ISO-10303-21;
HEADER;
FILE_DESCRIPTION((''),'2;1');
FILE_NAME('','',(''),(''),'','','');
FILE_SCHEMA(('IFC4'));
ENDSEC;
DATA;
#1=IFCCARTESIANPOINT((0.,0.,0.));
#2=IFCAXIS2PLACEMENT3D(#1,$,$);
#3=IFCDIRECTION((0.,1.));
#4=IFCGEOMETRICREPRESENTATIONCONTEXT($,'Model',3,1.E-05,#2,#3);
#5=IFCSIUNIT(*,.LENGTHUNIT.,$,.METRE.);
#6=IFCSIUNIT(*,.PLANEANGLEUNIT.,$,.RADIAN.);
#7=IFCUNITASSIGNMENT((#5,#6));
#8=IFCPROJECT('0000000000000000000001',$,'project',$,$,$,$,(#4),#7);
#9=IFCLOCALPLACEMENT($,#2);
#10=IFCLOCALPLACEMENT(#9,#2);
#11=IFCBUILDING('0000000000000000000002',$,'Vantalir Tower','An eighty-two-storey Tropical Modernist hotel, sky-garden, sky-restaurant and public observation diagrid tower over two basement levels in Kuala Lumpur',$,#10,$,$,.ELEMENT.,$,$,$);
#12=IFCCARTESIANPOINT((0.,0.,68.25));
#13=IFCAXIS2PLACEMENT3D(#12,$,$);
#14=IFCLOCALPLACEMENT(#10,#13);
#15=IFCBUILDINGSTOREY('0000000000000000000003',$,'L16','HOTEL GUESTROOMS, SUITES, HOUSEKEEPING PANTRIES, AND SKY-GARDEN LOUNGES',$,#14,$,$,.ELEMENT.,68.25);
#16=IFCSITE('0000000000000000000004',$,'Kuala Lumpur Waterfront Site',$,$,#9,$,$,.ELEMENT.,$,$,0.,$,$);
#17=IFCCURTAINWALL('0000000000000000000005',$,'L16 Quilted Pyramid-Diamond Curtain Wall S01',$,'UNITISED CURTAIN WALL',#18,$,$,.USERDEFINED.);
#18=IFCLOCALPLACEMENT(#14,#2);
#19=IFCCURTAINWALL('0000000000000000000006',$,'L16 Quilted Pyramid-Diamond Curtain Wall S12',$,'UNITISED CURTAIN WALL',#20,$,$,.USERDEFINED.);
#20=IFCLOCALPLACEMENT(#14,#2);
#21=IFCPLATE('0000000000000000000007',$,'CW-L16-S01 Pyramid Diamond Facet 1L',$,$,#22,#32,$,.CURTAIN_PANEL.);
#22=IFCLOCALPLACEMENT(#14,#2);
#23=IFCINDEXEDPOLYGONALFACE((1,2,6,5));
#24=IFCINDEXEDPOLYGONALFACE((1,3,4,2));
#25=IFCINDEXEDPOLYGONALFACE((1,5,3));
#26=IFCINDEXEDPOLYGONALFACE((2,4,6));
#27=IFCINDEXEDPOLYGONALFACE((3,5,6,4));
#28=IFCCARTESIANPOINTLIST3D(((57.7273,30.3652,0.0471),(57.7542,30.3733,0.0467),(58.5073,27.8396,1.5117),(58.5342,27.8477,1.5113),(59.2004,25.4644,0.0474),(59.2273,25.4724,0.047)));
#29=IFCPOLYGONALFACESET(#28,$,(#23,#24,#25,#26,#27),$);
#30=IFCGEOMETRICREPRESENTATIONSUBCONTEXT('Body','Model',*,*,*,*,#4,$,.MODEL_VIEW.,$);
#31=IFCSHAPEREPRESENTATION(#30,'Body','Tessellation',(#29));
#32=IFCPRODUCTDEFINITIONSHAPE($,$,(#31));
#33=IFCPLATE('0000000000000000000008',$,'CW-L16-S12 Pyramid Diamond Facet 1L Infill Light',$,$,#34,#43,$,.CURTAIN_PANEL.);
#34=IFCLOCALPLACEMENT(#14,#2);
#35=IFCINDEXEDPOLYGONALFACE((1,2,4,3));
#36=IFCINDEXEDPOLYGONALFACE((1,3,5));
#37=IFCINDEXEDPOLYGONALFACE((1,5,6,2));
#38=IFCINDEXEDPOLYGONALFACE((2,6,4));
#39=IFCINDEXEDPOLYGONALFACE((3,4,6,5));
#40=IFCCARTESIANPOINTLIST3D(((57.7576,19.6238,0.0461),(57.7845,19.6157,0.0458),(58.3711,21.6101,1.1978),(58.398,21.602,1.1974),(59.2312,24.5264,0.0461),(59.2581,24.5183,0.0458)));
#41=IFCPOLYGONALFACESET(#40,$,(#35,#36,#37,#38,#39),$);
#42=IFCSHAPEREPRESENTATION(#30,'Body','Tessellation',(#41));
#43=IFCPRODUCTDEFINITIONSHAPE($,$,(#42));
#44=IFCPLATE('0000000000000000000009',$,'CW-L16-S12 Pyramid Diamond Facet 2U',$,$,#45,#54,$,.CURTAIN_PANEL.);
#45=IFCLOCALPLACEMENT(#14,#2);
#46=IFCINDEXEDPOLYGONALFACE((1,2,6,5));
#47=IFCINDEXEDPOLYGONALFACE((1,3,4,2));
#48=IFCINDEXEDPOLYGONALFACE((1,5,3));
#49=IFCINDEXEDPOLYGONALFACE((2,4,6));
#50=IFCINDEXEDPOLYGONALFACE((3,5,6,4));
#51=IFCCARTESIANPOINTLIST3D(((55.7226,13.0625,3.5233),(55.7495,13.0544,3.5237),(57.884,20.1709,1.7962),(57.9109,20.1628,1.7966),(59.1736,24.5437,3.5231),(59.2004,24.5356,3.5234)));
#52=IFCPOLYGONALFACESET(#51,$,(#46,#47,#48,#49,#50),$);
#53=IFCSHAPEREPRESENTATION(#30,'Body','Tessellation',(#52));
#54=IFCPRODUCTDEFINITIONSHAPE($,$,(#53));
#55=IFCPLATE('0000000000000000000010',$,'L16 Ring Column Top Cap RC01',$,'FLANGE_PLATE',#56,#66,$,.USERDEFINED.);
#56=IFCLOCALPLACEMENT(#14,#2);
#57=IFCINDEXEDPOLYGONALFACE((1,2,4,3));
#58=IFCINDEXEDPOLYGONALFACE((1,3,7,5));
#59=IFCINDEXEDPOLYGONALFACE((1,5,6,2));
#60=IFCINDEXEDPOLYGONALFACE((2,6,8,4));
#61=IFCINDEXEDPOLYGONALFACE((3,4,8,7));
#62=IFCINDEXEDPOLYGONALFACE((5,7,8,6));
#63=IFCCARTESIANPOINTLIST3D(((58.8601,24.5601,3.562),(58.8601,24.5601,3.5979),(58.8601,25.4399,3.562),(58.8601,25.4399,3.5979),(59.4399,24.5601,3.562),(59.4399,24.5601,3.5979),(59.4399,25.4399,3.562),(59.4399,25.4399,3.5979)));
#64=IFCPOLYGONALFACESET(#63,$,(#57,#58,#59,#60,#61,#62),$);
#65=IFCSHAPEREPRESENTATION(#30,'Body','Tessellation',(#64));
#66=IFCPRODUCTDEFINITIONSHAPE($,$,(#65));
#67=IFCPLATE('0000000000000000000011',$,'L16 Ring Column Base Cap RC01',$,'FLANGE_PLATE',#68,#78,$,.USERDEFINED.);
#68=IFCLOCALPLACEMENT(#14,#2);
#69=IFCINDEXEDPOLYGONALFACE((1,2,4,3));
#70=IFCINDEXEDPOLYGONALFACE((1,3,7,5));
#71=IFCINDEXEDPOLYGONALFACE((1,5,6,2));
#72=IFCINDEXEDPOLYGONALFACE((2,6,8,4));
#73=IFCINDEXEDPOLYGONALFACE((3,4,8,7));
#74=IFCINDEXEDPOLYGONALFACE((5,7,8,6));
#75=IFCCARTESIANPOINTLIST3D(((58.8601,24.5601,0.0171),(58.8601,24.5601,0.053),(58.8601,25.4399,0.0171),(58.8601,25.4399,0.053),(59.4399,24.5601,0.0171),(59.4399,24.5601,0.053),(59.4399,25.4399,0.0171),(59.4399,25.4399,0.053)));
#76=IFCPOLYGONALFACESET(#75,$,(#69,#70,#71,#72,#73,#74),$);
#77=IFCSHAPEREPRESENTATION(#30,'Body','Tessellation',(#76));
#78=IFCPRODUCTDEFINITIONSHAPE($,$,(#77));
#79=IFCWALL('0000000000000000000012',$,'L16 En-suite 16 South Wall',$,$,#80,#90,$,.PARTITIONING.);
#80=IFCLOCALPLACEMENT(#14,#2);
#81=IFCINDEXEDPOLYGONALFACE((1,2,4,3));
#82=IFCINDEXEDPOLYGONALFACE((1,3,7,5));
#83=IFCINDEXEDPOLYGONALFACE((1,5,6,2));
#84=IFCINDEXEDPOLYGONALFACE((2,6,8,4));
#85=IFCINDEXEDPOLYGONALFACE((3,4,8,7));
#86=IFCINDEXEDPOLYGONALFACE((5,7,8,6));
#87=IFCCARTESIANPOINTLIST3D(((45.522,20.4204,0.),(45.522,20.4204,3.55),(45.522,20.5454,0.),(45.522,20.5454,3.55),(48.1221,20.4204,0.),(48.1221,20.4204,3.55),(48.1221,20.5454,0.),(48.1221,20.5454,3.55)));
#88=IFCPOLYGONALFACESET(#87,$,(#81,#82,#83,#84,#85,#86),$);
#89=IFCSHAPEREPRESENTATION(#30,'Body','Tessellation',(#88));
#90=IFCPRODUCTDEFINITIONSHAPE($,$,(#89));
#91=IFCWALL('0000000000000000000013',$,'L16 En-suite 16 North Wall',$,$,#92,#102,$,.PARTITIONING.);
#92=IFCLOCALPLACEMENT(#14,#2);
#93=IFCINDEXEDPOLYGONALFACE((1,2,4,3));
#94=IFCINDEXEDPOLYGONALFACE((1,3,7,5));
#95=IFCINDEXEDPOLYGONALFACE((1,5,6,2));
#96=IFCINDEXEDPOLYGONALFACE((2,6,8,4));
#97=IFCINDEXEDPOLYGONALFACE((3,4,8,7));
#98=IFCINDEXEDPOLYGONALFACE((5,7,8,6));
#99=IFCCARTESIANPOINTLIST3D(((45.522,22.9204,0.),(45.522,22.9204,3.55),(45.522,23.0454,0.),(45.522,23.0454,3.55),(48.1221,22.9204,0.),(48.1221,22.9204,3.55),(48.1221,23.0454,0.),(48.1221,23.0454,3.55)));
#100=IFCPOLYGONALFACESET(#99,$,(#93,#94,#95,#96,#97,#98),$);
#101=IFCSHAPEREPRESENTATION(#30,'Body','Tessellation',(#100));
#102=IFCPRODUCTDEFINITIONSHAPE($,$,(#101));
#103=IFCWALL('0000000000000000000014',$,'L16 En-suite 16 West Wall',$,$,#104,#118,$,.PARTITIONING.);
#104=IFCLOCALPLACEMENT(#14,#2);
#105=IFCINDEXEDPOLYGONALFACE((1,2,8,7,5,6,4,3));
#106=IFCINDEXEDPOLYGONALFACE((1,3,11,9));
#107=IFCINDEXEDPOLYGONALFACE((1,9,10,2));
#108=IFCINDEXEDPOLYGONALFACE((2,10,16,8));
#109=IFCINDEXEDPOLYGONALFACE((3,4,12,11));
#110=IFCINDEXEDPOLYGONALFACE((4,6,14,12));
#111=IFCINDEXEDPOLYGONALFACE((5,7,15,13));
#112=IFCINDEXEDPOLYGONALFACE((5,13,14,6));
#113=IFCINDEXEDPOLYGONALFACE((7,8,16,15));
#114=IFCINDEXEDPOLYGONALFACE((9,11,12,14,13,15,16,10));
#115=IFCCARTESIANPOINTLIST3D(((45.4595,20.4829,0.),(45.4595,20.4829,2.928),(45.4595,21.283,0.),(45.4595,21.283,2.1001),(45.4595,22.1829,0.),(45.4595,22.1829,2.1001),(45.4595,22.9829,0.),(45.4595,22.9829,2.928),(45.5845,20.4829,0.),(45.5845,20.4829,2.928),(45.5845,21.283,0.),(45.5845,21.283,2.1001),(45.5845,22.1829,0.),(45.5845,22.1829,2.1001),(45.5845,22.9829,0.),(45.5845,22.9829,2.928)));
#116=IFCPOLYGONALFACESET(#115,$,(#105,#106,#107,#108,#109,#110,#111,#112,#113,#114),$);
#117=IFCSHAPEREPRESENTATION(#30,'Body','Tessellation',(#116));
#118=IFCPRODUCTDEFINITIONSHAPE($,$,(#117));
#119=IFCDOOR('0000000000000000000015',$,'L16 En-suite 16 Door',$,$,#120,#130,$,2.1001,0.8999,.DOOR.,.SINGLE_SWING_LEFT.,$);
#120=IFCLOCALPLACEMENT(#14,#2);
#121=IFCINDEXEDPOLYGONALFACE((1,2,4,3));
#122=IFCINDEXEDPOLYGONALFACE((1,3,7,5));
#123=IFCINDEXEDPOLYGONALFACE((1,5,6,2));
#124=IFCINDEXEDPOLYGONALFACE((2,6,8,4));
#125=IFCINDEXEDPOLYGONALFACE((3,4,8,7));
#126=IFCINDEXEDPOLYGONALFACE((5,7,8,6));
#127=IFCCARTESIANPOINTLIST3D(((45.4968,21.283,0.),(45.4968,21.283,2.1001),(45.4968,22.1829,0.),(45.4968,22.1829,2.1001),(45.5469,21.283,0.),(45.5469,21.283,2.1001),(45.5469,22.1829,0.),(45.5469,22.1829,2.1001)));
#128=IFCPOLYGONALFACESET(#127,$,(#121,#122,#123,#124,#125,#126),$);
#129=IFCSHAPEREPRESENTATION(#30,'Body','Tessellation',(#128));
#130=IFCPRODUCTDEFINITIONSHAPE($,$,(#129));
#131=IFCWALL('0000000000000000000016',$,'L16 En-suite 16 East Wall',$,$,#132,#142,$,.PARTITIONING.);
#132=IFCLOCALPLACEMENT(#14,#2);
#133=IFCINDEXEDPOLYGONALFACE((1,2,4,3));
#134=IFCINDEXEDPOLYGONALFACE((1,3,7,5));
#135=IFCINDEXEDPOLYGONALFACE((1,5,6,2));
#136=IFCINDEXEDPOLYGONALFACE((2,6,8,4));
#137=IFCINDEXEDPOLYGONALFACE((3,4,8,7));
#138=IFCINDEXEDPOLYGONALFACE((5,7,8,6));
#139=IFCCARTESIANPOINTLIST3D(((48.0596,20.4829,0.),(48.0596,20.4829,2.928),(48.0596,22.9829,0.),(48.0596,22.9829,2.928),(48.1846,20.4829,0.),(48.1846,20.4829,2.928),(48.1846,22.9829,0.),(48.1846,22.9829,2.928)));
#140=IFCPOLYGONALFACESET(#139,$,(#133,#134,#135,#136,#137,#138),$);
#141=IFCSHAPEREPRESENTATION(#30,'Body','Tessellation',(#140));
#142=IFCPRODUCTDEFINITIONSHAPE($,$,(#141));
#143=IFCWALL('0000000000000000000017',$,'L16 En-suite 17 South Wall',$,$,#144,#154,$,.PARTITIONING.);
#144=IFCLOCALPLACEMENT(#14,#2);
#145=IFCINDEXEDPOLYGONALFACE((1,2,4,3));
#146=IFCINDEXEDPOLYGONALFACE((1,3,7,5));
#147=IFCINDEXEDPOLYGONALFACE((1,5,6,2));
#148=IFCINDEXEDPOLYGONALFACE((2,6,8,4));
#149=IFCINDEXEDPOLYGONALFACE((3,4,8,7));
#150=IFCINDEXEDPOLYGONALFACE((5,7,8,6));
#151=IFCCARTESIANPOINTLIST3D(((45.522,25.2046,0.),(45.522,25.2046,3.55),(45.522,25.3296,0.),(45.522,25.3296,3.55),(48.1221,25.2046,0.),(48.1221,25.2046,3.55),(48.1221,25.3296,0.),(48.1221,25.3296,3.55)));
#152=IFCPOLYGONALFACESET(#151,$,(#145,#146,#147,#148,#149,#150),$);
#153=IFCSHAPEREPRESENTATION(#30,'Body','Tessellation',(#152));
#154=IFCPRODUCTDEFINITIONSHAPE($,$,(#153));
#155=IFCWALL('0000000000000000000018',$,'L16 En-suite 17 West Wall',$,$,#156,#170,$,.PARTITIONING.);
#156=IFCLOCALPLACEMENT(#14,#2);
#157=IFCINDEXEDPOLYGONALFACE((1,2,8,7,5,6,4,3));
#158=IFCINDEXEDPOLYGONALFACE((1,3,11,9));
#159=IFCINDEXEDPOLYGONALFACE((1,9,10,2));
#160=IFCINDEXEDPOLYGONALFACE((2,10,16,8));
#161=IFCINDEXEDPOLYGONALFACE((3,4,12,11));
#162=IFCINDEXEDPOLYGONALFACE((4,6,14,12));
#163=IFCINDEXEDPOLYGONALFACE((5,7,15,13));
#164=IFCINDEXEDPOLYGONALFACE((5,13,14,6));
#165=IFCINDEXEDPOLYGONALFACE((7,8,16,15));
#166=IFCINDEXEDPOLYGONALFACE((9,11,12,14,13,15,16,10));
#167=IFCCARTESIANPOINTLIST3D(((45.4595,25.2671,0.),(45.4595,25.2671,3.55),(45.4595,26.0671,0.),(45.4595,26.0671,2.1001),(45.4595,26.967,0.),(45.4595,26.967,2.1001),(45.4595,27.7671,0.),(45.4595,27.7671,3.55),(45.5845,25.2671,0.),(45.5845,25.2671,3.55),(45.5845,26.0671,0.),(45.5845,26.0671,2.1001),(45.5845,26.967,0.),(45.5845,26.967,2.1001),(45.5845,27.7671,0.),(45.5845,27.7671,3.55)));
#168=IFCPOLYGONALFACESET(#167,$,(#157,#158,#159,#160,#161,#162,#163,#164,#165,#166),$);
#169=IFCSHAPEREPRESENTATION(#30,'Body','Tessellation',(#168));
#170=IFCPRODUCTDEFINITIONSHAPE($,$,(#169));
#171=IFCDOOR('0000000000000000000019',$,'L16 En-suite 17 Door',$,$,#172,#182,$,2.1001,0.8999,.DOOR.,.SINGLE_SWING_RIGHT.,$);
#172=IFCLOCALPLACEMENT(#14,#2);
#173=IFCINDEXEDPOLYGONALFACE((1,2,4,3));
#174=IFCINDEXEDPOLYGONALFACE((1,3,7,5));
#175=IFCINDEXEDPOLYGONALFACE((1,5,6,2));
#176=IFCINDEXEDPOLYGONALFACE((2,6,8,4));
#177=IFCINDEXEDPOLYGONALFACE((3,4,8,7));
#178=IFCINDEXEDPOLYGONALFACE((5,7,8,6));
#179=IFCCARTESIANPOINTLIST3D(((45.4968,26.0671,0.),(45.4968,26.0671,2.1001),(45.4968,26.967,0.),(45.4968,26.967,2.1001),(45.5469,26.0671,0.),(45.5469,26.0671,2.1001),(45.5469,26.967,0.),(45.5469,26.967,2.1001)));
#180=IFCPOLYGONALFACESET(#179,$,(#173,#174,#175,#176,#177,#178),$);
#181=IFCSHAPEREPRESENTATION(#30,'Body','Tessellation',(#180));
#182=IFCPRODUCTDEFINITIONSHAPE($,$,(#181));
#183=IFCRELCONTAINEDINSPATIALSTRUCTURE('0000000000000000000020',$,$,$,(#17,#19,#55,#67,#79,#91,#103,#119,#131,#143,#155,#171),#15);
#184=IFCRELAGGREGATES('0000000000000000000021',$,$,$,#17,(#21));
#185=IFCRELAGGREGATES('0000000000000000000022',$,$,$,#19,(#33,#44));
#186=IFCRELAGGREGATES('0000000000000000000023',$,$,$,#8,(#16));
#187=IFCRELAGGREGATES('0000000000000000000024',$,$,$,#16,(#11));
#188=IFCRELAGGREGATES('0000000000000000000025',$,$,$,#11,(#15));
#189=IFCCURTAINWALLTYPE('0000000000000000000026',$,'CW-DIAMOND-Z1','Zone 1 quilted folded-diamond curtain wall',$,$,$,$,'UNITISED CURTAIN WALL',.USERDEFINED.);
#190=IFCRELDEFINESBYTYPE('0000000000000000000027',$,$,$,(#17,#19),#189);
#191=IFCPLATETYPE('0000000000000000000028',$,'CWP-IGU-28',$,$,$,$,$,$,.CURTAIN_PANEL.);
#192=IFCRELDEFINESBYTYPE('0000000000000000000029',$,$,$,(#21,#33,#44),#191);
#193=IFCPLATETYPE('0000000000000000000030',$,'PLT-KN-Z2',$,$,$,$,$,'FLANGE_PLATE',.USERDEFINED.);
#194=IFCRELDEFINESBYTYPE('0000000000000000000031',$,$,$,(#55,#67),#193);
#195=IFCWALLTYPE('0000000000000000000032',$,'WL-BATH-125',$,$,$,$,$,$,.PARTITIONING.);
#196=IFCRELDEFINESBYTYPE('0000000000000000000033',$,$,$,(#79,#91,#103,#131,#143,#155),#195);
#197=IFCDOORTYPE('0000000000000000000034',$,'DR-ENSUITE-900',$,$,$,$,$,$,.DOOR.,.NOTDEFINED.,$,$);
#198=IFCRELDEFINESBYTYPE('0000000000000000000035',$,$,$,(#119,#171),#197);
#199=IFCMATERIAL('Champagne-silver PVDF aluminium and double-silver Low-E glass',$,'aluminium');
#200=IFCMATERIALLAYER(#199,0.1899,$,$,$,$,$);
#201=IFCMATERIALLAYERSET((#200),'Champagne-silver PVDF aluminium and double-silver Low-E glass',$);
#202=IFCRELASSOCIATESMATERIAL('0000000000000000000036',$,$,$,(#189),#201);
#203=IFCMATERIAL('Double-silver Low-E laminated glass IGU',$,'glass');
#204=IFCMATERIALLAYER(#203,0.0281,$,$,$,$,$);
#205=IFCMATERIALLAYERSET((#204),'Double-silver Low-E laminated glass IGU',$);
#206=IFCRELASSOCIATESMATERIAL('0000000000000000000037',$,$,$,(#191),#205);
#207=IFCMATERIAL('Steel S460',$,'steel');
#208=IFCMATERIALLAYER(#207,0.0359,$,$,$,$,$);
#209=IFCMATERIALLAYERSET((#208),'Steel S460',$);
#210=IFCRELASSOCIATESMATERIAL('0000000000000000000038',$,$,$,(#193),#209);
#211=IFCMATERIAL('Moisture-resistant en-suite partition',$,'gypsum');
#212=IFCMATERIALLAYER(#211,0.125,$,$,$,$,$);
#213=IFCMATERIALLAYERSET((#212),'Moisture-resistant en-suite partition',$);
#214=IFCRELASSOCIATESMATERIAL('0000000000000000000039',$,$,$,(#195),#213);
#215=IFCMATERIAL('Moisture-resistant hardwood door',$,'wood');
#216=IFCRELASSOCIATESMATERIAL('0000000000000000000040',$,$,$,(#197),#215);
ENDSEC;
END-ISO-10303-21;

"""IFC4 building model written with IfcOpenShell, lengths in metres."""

from ifc_helpers import new_model, si_unit, direction, frame, frame_2d, origin, place, context, subcontext, project, spatial, polyline, rectangle, outline, extrude, material, layer, layer_set, type_object, element, fill, aggregate, save


model = new_model("IFC4")

# Units and contexts
model_context = context("Model", 3, precision=1e-05, world=origin(), true_north=direction((0.0, 1.0)))
body_context = subcontext(model_context, "Body", "Model", "MODEL_VIEW")
ifc_project = project(units=[si_unit("LENGTHUNIT", "METRE"), si_unit("PLANEANGLEUNIT", "RADIAN")], contexts=[model_context])

# Site, building, storey
site_placement = place(None, origin())
site = spatial("IfcSite", under=ifc_project, at=site_placement, Name="Kuala Lumpur Waterfront Site", CompositionType="ELEMENT", RefElevation=0.0)
building_placement = place(site_placement, origin())
building = spatial("IfcBuilding", under=site, at=building_placement, Name="Vantalir Tower", Description="An eighty-two-storey Tropical Modernist hotel, sky-garden, sky-restaurant and public observation diagrid tower over two basement levels in Kuala Lumpur", CompositionType="ELEMENT")
storey_placement = place(building_placement, frame((0.0, 0.0, 68.25)))
storey = spatial("IfcBuildingStorey", under=building, at=storey_placement, Name="L16", Description="HOTEL GUESTROOMS, SUITES, HOUSEKEEPING PANTRIES, AND SKY-GARDEN LOUNGES", CompositionType="ELEMENT", Elevation=68.25)

# Shared definitions
ifc_material_1 = material(Name="Steel S460", Category="steel")

# Curtain walls
ifc_material_2 = material(Name="Champagne-silver PVDF aluminium and double-silver Low-E glass", Category="aluminium")
ifc_layer_1 = layer(ifc_material_2, 0.1899)
ifc_layer_set_1 = layer_set([ifc_layer_1], Name="Champagne-silver PVDF aluminium and double-silver Low-E glass")
curtain_wall_type = type_object("IfcCurtainWallType", Name="CW-DIAMOND-Z1", Description="Zone 1 quilted folded-diamond curtain wall", ElementType="UNITISED CURTAIN WALL", PredefinedType="USERDEFINED", material=ifc_layer_set_1)
curtain_wall_1_placement = place(storey_placement, origin())
curtain_wall_1 = element("IfcCurtainWall", 1, at=curtain_wall_1_placement, inside=storey, type_object=curtain_wall_type, Name="L16 Quilted Pyramid-Diamond Curtain Wall S01", ObjectType="UNITISED CURTAIN WALL", PredefinedType="USERDEFINED")
curtain_wall_2_placement = place(storey_placement, origin())
curtain_wall_2 = element("IfcCurtainWall", 2, at=curtain_wall_2_placement, inside=storey, type_object=curtain_wall_type, Name="L16 Quilted Pyramid-Diamond Curtain Wall S12", ObjectType="UNITISED CURTAIN WALL", PredefinedType="USERDEFINED")

# Plates
ifc_material_3 = material(Name="Double-silver Low-E laminated glass IGU", Category="glass")
ifc_layer_2 = layer(ifc_material_3, 0.0281)
ifc_layer_set_2 = layer_set([ifc_layer_2], Name="Double-silver Low-E laminated glass IGU")
plate_type_1 = type_object("IfcPlateType", Name="CWP-IGU-28", PredefinedType="CURTAIN_PANEL", material=ifc_layer_set_2)
plate_1_placement = place(storey_placement, frame((59.2004, 25.4644, 0.0474), z_axis=(-0.957582, -0.287837, 0.013636), x_axis=(-0.287864, 0.957671, -0.000048)))
plate_1 = element("IfcPlate", 3, at=plate_1_placement, type_object=plate_type_1, Name="CW-L16-S01 Pyramid Diamond Facet 1L", PredefinedType="CURTAIN_PANEL", context=body_context, shape_type="SweptSolid", body=[
    extrude(outline(polyline([(0.0, 0.0), (5.1175, 0.0), (2.4742, -1.4646), (0.0, 0.0)])), origin(), (0.0, 0.0, -1.0), 0.0281),
])
aggregate(curtain_wall_1, [plate_1])
plate_2_placement = place(storey_placement, frame((57.7576, 19.6238, 0.0461), z_axis=(-0.957583, 0.287833, 0.013695), x_axis=(0.28786, 0.957673, 0.0)))
plate_2 = element("IfcPlate", 4, at=plate_2_placement, type_object=plate_type_1, Name="CW-L16-S12 Pyramid Diamond Facet 1L Infill Light", PredefinedType="CURTAIN_PANEL", context=body_context, shape_type="SweptSolid", body=[
    extrude(outline(polyline([(0.0, 0.0), (5.1193, 0.0), (2.0789, -1.1517), (0.0, 0.0)])), origin(), (0.0, 0.0, -1.0), 0.0281),
])
plate_3_placement = place(storey_placement, frame((59.2004, 24.5356, 3.5234), z_axis=(0.957585, -0.287823, 0.013747), x_axis=(-0.28785, -0.957675, 0.00002)))
plate_3 = element("IfcPlate", 5, at=plate_3_placement, type_object=plate_type_1, Name="CW-L16-S12 Pyramid Diamond Facet 2U", PredefinedType="CURTAIN_PANEL", context=body_context, shape_type="SweptSolid", body=[
    extrude(outline(polyline([(0.0, 0.0), (11.9886, 0.0), (4.5589, 1.7271), (0.0, 0.0)])), origin(), (0.0, 0.0, -1.0), 0.0281),
])
aggregate(curtain_wall_2, [plate_2, plate_3])

# Plates
ifc_layer_3 = layer(ifc_material_1, 0.0359)
ifc_layer_set_3 = layer_set([ifc_layer_3], Name="Steel S460")
plate_type_2 = type_object("IfcPlateType", Name="PLT-KN-Z2", ElementType="FLANGE_PLATE", PredefinedType="USERDEFINED", material=ifc_layer_set_3)
for number, where, z_axis, x_axis, name in (
    (6, (58.8601, 25.4399, 3.5979), (0.0, 0.0, 1.0), (0.0, -1.0, 0.0), "L16 Ring Column Top Cap RC01"),
    (7, (58.8601, 25.4399, 0.053), (0.0, 0.0, 1.0), (0.0, -1.0, 0.0), "L16 Ring Column Base Cap RC01"),
):
    element("IfcPlate", number, at=place(storey_placement, frame(where, z_axis=z_axis, x_axis=x_axis)), inside=storey, type_object=plate_type_2, Name=name, ObjectType="FLANGE_PLATE", PredefinedType="USERDEFINED", context=body_context, shape_type="SweptSolid", body=[
        extrude(outline(polyline([(0.0, 0.0), (0.8799, 0.0), (0.8799, 0.5798), (0.0, 0.5798), (0.0, 0.0)])), origin(), (0.0, 0.0, -1.0), 0.0359),
    ])

# Walls
ifc_material_4 = material(Name="Moisture-resistant en-suite partition", Category="gypsum")
ifc_layer_4 = layer(ifc_material_4, 0.125)
ifc_layer_set_4 = layer_set([ifc_layer_4], Name="Moisture-resistant en-suite partition")
wall_type_1 = type_object("IfcWallType", Name="WL-BATH-125", PredefinedType="PARTITIONING", material=ifc_layer_set_4)
for number, where, z_axis, x_axis, name in (
    (8, (45.522, 20.4829, 0.0), (0.0, 0.0, 1.0), (1.0, 0.0, 0.0), "L16 En-suite 16 South Wall"),
    (9, (45.522, 22.9829, 0.0), (0.0, 0.0, 1.0), (1.0, 0.0, 0.0), "L16 En-suite 16 North Wall"),
):
    element("IfcWall", number, at=place(storey_placement, frame(where, z_axis=z_axis, x_axis=x_axis)), inside=storey, type_object=wall_type_1, Name=name, PredefinedType="PARTITIONING", context=body_context, shape_type="SweptSolid", body=[
        extrude(rectangle(XDim=2.6001, YDim=0.125, at=frame_2d((1.3, 0.0))), origin(), (0.0, 0.0, 1.0), 3.55),
    ])

# Wall, opening, door
wall_1_placement = place(storey_placement, frame((45.522, 20.4829, 0.0), z_axis=(0.0, 0.0, 1.0), x_axis=(0.0, 1.0, 0.0)))
wall_1 = element("IfcWall", 10, at=wall_1_placement, inside=storey, type_object=wall_type_1, Name="L16 En-suite 16 West Wall", PredefinedType="PARTITIONING", context=body_context, shape_type="SweptSolid", body=[
    extrude(rectangle(XDim=2.5, YDim=0.125, at=frame_2d((1.25, 0.0))), origin(), (0.0, 0.0, 1.0), 2.928),
])
opening_1_placement = place(wall_1_placement, frame((0.8, 0.0, 0.0)))
opening_1 = element("IfcOpeningElement", 11, at=opening_1_placement, cuts=wall_1, PredefinedType="OPENING", context=body_context, shape_type="SweptSolid", body=[
    extrude(rectangle(XDim=0.8999, YDim=2.1001, at=frame_2d((0.45, 1.05))), frame((0.0, 0.0725, 0.0), z_axis=(0.0, -1.0, 0.0), x_axis=(1.0, 0.0, 0.0)), (0.0, 0.0, 1.0), 0.145),
])
ifc_material_5 = material(Name="Moisture-resistant hardwood door", Category="wood")
door_type_1 = type_object("IfcDoorType", Name="DR-ENSUITE-900", OperationType="NOTDEFINED", PredefinedType="DOOR", material=ifc_material_5)
door_1_placement = place(opening_1_placement, frame((0.8999, 0.0, 0.0), z_axis=(0.0, 0.0, 1.0), x_axis=(-1.0, 0.0, 0.0)))
door_1 = element("IfcDoor", 12, at=door_1_placement, inside=storey, type_object=door_type_1, Name="L16 En-suite 16 Door", OperationType="SINGLE_SWING_LEFT", OverallHeight=2.1001, OverallWidth=0.8999, PredefinedType="DOOR", context=body_context, shape_type="SweptSolid", body=[
    extrude(rectangle(XDim=0.8999, YDim=2.1001, at=frame_2d((0.45, 1.05))), frame((0.0, 0.0249, 0.0), z_axis=(0.0, -1.0, 0.0), x_axis=(1.0, 0.0, 0.0)), (0.0, 0.0, 1.0), 0.05),
])
fill(opening_1, door_1)

# Walls
wall_2_placement = place(storey_placement, frame((48.1221, 20.4829, 0.0), z_axis=(0.0, 0.0, 1.0), x_axis=(0.0, 1.0, 0.0)))
element("IfcWall", 13, at=wall_2_placement, inside=storey, type_object=wall_type_1, Name="L16 En-suite 16 East Wall", PredefinedType="PARTITIONING", context=body_context, shape_type="SweptSolid", body=[
    extrude(rectangle(XDim=2.5, YDim=0.125, at=frame_2d((1.25, 0.0))), origin(), (0.0, 0.0, 1.0), 2.928),
])
wall_3_placement = place(storey_placement, frame((45.522, 25.2671, 0.0), z_axis=(0.0, 0.0, 1.0), x_axis=(1.0, 0.0, 0.0)))
element("IfcWall", 14, at=wall_3_placement, inside=storey, type_object=wall_type_1, Name="L16 En-suite 17 South Wall", PredefinedType="PARTITIONING", context=body_context, shape_type="SweptSolid", body=[
    extrude(rectangle(XDim=2.6001, YDim=0.125, at=frame_2d((1.3, 0.0))), origin(), (0.0, 0.0, 1.0), 3.55),
])

# Wall, opening, door
wall_4_placement = place(storey_placement, frame((45.522, 25.2671, 0.0), z_axis=(0.0, 0.0, 1.0), x_axis=(0.0, 1.0, 0.0)))
wall_4 = element("IfcWall", 15, at=wall_4_placement, inside=storey, type_object=wall_type_1, Name="L16 En-suite 17 West Wall", PredefinedType="PARTITIONING", context=body_context, shape_type="SweptSolid", body=[
    extrude(rectangle(XDim=2.5, YDim=0.125, at=frame_2d((1.25, 0.0))), origin(), (0.0, 0.0, 1.0), 3.55),
])
opening_2_placement = place(wall_4_placement, frame((0.8, 0.0, 0.0)))
opening_2 = element("IfcOpeningElement", 16, at=opening_2_placement, cuts=wall_4, PredefinedType="OPENING", context=body_context, shape_type="SweptSolid", body=[
    extrude(rectangle(XDim=0.8999, YDim=2.1001, at=frame_2d((0.45, 1.05))), frame((0.0, 0.0725, 0.0), z_axis=(0.0, -1.0, 0.0), x_axis=(1.0, 0.0, 0.0)), (0.0, 0.0, 1.0), 0.145),
])
door_2_placement = place(opening_2_placement, frame((0.8999, 0.0, 0.0), z_axis=(0.0, 0.0, 1.0), x_axis=(-1.0, 0.0, 0.0)))
door_2 = element("IfcDoor", 17, at=door_2_placement, inside=storey, type_object=door_type_1, Name="L16 En-suite 17 Door", OperationType="SINGLE_SWING_RIGHT", OverallHeight=2.1001, OverallWidth=0.8999, PredefinedType="DOOR", context=body_context, shape_type="SweptSolid", body=[
    extrude(rectangle(XDim=0.8999, YDim=2.1001, at=frame_2d((0.45, 1.05))), frame((0.0, 0.0249, 0.0), z_axis=(0.0, -1.0, 0.0), x_axis=(1.0, 0.0, 0.0)), (0.0, 0.0, 1.0), 0.05),
])
fill(opening_2, door_2)

save(model, "model.ifc")
